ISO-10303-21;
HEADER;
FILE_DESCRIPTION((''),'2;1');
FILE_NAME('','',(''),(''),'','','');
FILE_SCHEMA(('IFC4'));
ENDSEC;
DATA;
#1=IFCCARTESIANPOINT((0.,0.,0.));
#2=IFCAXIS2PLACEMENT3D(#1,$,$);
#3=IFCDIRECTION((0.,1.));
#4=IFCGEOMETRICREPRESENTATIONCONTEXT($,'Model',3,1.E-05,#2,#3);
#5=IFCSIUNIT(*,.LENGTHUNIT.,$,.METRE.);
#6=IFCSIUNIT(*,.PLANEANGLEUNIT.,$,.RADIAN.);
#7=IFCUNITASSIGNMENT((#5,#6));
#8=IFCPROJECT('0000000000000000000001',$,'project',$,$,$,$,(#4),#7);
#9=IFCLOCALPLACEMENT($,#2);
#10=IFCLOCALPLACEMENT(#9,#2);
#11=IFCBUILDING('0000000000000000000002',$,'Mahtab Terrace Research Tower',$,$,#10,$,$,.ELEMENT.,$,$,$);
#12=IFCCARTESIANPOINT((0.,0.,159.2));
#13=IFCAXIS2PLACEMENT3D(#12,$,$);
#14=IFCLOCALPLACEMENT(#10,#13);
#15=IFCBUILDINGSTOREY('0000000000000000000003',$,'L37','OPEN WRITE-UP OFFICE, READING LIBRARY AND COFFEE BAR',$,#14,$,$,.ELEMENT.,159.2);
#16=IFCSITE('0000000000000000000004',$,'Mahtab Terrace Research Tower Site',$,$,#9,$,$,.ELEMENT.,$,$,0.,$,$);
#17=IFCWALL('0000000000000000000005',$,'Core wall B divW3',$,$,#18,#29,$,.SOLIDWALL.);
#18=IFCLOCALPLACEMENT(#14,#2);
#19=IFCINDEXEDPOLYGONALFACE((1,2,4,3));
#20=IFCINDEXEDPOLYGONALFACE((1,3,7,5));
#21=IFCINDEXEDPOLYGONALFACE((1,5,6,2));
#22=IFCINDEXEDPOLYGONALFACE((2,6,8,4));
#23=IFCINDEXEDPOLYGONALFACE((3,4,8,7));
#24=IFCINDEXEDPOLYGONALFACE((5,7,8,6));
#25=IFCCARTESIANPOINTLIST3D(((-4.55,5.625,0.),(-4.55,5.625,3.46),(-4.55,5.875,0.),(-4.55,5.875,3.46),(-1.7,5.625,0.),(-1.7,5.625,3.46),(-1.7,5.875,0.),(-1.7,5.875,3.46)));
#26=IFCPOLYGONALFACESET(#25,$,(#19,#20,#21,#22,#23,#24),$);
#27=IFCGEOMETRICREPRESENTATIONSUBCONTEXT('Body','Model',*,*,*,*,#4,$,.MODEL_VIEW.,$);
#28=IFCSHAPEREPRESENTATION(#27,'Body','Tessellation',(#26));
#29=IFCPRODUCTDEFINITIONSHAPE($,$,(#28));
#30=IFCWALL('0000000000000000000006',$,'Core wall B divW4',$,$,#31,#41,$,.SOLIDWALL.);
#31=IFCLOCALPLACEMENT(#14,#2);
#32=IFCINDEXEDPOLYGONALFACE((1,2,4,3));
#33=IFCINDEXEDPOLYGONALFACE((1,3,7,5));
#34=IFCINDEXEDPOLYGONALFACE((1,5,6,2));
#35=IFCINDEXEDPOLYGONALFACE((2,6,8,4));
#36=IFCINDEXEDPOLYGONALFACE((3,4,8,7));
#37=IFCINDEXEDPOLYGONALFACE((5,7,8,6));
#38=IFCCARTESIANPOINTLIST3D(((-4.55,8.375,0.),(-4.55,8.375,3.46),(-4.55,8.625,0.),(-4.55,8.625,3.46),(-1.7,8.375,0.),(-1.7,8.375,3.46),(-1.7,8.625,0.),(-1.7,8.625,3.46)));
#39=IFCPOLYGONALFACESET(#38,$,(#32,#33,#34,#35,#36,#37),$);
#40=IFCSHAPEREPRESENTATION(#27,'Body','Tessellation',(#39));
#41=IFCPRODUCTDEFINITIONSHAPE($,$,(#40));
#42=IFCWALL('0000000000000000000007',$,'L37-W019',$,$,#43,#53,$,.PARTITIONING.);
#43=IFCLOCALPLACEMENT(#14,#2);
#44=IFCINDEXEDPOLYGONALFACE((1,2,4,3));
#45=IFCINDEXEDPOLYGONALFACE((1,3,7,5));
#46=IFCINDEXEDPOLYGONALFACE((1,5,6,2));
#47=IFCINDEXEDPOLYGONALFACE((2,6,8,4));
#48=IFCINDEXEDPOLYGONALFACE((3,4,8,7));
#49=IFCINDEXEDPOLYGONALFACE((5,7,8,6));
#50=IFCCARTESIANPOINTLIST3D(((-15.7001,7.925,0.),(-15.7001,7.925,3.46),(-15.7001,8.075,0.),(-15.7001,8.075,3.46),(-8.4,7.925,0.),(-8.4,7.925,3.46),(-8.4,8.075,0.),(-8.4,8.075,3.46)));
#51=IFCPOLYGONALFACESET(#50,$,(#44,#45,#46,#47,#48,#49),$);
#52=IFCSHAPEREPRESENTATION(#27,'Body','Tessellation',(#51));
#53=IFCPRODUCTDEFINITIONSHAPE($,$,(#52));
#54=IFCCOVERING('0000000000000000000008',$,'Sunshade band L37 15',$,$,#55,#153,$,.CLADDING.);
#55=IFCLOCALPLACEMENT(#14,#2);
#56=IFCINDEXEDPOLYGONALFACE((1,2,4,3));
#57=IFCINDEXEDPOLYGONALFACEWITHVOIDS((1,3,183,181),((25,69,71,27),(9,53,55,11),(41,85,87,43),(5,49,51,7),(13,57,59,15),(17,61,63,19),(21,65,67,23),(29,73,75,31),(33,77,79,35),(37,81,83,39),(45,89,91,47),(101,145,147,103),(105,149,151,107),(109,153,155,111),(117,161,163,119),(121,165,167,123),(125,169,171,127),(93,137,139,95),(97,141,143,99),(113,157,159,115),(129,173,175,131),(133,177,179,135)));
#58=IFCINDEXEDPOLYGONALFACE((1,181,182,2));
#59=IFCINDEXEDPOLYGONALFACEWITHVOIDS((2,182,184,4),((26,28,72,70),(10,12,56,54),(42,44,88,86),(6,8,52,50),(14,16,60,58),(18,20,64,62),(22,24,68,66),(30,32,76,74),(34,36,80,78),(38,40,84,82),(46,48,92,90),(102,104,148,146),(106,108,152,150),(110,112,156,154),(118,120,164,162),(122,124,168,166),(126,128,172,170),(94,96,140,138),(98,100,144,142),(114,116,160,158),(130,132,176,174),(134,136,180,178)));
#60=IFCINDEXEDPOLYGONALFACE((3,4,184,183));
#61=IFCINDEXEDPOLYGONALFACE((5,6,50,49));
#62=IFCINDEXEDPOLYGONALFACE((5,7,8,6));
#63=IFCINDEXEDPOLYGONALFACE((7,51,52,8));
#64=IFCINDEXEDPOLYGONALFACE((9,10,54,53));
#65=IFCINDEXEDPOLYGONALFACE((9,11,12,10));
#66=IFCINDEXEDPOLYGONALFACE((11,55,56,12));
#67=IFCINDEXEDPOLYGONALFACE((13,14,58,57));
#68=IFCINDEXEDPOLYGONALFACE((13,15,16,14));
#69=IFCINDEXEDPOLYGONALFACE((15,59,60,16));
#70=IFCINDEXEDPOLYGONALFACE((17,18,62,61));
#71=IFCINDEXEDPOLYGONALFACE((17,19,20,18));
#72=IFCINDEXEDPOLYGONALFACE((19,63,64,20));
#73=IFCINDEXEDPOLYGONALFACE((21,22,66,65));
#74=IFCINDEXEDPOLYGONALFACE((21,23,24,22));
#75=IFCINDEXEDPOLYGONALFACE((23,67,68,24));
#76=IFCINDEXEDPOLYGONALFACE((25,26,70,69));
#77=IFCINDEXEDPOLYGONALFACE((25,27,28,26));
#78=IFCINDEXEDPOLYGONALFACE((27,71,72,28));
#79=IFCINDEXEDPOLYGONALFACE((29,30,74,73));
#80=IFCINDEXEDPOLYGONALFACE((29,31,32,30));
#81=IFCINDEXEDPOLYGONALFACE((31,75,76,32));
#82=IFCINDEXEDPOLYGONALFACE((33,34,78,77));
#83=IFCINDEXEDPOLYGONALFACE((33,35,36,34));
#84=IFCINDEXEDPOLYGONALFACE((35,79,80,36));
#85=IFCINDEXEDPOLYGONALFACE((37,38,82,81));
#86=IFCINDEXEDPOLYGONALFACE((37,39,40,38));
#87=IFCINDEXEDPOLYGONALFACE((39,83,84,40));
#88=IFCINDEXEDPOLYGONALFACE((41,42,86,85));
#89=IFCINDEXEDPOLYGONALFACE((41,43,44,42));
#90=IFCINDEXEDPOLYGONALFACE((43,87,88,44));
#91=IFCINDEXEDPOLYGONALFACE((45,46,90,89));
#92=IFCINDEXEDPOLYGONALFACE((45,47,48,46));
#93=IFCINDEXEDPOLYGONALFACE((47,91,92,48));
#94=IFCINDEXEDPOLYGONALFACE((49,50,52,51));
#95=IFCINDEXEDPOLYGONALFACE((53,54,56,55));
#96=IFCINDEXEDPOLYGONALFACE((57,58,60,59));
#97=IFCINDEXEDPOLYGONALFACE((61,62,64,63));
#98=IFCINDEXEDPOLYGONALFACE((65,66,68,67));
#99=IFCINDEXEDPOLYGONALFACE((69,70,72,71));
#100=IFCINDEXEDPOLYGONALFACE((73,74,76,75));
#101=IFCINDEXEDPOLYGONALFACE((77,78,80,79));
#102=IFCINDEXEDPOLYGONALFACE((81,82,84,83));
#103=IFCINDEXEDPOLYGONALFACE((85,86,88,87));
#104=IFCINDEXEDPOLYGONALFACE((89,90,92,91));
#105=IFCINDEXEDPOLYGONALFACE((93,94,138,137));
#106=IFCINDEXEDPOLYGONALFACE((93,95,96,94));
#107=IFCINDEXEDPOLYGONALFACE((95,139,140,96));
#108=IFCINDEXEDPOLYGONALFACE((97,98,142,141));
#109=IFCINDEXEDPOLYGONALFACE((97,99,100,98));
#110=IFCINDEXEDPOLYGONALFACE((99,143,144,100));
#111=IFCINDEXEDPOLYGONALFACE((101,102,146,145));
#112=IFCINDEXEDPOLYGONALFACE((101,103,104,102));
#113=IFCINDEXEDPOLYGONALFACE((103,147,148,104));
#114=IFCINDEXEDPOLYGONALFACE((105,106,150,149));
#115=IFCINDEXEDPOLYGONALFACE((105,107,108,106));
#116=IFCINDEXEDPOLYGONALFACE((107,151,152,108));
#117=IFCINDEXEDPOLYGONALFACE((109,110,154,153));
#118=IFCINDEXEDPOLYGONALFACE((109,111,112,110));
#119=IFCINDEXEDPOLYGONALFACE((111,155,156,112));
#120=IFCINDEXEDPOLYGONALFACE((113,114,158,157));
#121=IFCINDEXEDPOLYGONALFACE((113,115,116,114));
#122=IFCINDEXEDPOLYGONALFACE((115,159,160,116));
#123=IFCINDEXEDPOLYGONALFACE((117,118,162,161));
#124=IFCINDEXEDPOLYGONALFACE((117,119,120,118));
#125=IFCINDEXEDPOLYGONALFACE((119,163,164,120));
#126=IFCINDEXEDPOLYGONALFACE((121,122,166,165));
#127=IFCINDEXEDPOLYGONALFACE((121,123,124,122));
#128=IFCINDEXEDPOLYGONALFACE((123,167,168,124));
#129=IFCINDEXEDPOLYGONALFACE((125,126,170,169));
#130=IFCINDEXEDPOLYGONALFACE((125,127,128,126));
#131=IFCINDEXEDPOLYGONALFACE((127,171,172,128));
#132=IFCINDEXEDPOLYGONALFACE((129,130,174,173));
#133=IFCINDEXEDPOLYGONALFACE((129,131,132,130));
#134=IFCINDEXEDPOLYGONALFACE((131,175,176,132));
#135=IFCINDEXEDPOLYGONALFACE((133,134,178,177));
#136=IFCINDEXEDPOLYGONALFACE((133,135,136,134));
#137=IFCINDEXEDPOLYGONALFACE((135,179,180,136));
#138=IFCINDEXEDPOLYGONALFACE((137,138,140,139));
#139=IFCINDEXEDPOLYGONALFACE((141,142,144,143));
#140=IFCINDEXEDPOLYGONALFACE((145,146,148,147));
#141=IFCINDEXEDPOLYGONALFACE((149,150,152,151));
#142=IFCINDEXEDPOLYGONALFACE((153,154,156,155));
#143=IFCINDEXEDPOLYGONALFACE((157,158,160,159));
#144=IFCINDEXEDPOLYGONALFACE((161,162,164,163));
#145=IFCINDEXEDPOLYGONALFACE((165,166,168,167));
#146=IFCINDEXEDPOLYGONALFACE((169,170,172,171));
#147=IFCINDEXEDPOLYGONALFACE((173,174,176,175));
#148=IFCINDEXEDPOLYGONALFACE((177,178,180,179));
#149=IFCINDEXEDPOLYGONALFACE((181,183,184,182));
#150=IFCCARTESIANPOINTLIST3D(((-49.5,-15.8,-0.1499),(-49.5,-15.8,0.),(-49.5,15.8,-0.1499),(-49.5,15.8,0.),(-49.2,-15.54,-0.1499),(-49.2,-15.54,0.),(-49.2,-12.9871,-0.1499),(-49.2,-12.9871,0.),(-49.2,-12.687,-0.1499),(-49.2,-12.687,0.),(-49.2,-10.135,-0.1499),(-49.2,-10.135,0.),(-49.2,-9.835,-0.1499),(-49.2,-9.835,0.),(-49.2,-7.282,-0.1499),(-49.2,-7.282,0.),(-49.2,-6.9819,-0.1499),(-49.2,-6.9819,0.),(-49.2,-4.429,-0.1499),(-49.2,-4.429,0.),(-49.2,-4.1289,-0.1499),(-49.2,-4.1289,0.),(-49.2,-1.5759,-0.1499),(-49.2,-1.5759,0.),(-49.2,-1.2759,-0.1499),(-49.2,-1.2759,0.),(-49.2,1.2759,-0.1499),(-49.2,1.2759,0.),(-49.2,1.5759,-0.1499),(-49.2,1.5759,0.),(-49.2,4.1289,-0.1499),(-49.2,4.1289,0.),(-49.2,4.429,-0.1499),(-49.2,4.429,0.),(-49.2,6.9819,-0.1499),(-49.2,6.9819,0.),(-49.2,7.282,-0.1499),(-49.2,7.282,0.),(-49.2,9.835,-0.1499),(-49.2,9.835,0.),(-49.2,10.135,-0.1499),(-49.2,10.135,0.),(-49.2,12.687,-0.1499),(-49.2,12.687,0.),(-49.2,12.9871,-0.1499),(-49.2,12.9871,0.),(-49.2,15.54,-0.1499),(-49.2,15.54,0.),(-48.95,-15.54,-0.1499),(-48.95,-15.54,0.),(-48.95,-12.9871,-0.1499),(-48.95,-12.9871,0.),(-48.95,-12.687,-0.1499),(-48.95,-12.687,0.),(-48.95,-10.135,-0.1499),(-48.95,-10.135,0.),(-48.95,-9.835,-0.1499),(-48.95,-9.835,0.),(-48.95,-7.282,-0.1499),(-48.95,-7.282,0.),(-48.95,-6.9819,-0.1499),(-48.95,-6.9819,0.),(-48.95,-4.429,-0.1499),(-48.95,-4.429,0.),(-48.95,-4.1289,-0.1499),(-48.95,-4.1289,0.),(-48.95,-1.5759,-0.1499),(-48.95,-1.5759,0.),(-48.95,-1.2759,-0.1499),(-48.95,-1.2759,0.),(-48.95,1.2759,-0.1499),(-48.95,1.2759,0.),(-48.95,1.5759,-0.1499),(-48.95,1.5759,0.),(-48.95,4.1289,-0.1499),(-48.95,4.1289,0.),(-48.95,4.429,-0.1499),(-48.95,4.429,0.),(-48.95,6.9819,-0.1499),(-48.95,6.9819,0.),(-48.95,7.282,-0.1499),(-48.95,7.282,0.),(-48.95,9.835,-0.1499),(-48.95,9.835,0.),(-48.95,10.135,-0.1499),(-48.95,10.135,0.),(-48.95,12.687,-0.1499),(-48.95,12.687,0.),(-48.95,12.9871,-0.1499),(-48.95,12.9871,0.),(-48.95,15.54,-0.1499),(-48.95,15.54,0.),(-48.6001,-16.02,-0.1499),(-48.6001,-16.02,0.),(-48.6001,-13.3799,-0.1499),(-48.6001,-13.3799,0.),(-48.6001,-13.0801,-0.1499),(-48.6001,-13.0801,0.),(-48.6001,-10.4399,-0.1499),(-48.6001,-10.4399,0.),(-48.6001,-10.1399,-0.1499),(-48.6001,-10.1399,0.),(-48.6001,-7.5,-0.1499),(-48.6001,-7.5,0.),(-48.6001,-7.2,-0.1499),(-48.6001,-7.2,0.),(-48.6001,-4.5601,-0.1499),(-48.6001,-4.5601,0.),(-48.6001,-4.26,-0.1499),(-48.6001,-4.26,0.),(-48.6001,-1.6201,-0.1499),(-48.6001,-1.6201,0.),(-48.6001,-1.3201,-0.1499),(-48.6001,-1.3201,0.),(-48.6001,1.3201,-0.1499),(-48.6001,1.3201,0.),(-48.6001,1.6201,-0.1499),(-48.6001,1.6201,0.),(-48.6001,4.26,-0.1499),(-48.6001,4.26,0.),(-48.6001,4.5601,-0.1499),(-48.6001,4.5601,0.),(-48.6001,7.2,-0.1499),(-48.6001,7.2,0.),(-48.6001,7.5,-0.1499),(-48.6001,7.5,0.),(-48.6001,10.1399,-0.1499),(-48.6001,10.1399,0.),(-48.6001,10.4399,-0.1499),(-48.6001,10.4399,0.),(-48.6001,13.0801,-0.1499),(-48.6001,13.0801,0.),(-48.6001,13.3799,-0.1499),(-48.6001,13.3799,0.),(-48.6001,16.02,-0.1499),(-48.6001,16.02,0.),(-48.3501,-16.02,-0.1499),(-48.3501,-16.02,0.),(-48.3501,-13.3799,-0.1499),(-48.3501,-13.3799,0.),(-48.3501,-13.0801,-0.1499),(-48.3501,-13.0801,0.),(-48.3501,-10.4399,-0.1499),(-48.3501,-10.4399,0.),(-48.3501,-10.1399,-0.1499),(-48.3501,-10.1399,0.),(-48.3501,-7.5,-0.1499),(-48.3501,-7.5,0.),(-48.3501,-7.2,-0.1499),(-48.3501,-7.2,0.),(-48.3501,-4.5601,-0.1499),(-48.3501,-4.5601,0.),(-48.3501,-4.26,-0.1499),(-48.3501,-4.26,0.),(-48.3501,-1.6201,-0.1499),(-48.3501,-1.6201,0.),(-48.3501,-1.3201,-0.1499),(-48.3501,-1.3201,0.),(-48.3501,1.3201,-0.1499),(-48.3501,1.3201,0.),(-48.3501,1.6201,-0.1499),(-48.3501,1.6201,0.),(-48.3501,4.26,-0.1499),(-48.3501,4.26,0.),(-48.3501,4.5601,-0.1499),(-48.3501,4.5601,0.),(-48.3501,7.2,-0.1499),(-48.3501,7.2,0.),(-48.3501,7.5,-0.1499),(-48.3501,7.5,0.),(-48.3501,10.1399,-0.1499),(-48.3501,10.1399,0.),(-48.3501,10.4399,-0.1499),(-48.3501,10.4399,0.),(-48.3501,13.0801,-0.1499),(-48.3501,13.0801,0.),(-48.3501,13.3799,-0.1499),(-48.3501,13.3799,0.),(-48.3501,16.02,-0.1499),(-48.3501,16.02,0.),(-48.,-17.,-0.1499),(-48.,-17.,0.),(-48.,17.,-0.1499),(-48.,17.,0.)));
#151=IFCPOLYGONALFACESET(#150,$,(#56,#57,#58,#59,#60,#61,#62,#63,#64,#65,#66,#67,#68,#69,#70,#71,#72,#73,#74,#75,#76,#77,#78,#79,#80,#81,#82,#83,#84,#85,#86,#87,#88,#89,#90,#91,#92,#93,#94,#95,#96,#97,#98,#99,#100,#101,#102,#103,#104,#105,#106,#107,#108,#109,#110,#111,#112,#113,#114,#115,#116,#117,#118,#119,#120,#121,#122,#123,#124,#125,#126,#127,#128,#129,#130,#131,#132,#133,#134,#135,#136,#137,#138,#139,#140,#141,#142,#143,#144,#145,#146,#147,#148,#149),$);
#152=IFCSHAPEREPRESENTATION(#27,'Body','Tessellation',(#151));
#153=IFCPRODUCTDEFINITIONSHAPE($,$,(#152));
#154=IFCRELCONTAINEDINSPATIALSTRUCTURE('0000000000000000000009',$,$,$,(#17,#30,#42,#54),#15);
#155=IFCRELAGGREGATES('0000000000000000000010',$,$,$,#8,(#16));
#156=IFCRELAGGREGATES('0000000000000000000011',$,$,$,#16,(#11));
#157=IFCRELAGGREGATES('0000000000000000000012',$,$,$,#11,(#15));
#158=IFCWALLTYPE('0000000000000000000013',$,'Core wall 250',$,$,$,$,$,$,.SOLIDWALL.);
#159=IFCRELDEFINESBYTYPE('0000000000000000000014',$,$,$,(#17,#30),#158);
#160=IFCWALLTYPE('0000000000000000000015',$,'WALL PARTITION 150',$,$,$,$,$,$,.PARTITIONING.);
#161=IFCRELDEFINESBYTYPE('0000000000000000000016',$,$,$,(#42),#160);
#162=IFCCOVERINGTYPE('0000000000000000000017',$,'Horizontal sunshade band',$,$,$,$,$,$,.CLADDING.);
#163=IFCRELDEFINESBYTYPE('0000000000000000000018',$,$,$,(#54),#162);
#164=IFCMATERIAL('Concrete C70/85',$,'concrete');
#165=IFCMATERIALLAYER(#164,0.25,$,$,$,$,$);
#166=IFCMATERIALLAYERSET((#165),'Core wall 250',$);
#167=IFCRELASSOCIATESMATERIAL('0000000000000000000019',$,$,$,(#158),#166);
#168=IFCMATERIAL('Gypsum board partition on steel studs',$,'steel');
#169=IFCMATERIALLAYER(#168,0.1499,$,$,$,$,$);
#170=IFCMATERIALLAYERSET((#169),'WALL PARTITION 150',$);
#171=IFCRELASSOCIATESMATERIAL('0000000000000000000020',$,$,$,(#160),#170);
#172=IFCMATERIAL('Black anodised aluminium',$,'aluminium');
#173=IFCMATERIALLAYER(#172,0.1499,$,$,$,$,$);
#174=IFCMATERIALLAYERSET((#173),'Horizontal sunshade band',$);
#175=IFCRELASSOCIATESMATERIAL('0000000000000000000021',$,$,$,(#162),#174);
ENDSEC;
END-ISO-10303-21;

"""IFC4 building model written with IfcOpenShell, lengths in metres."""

from ifc_helpers import new_model, si_unit, direction, frame, frame_2d, origin, place, context, subcontext, project, spatial, polyline, rectangle, outline, extrude, material, layer, layer_set, type_object, element, save


model = new_model("IFC4")

# Units and contexts
model_context = context("Model", 3, precision=1e-05, world=origin(), true_north=direction((0.0, 1.0)))
body_context = subcontext(model_context, "Body", "Model", "MODEL_VIEW")
ifc_project = project(units=[si_unit("LENGTHUNIT", "METRE"), si_unit("PLANEANGLEUNIT", "RADIAN")], contexts=[model_context])

# Site, building, storey
site_placement = place(None, origin())
site = spatial("IfcSite", under=ifc_project, at=site_placement, Name="Mahtab Terrace Research Tower Site", CompositionType="ELEMENT", RefElevation=0.0)
building_placement = place(site_placement, origin())
building = spatial("IfcBuilding", under=site, at=building_placement, Name="Mahtab Terrace Research Tower", CompositionType="ELEMENT")
storey_placement = place(building_placement, frame((0.0, 0.0, 159.2)))
storey = spatial("IfcBuildingStorey", under=building, at=storey_placement, Name="L37", Description="OPEN WRITE-UP OFFICE, READING LIBRARY AND COFFEE BAR", CompositionType="ELEMENT", Elevation=159.2)

# Walls
ifc_material_1 = material(Name="Concrete C70/85", Category="concrete")
ifc_layer_1 = layer(ifc_material_1, 0.25)
ifc_layer_set_1 = layer_set([ifc_layer_1], Name="Core wall 250")
wall_type_1 = type_object("IfcWallType", Name="Core wall 250", PredefinedType="SOLIDWALL", material=ifc_layer_set_1)
for number, where, z_axis, x_axis, name in (
    (1, (-4.55, 5.75, 0.0), (0.0, 0.0, 1.0), (1.0, 0.0, 0.0), "Core wall B divW3"),
    (2, (-4.55, 8.5, 0.0), (0.0, 0.0, 1.0), (1.0, 0.0, 0.0), "Core wall B divW4"),
):
    element("IfcWall", number, at=place(storey_placement, frame(where, z_axis=z_axis, x_axis=x_axis)), inside=storey, type_object=wall_type_1, Name=name, PredefinedType="SOLIDWALL", context=body_context, shape_type="SweptSolid", body=[
        extrude(rectangle(XDim=2.8501, YDim=0.25, at=frame_2d((1.425, 0.0))), origin(), (0.0, 0.0, 1.0), 3.46),
    ])
ifc_material_2 = material(Name="Gypsum board partition on steel studs", Category="steel")
ifc_layer_2 = layer(ifc_material_2, 0.1499)
ifc_layer_set_2 = layer_set([ifc_layer_2], Name="WALL PARTITION 150")
wall_type_2 = type_object("IfcWallType", Name="WALL PARTITION 150", PredefinedType="PARTITIONING", material=ifc_layer_set_2)
wall_placement = place(storey_placement, frame((-15.7, 8.0, 0.0), z_axis=(0.0, 0.0, 1.0), x_axis=(1.0, 0.0, 0.0)))
element("IfcWall", 3, at=wall_placement, inside=storey, type_object=wall_type_2, Name="L37-W019", PredefinedType="PARTITIONING", context=body_context, shape_type="SweptSolid", body=[
    extrude(rectangle(XDim=7.3, YDim=0.1499, at=frame_2d((3.6499, 0.0))), origin(), (0.0, 0.0, 1.0), 3.46),
])

# Covering
ifc_material_3 = material(Name="Black anodised aluminium", Category="aluminium")
ifc_layer_3 = layer(ifc_material_3, 0.1499)
ifc_layer_set_3 = layer_set([ifc_layer_3], Name="Horizontal sunshade band")
covering_type_1 = type_object("IfcCoveringType", Name="Horizontal sunshade band", PredefinedType="CLADDING", material=ifc_layer_set_3)
covering_1_placement = place(storey_placement, frame((0.0, 0.0, -0.1499)))
element("IfcCovering", 4, at=covering_1_placement, inside=storey, type_object=covering_type_1, Name="Sunshade band L37 15", PredefinedType="CLADDING", context=body_context, shape_type="SweptSolid", body=[
    extrude(outline(polyline([(-48.0, 17.0), (-48.0, -17.0), (-49.5, -15.8), (-49.5, 15.8), (-48.0, 17.0)]), holes=[polyline([(-48.3501, 16.02), (-48.3501, 13.3799), (-48.6001, 13.3799), (-48.6001, 16.02), (-48.3501, 16.02)]), polyline([(-48.3501, 13.0801), (-48.3501, 10.4399), (-48.6001, 10.4399), (-48.6001, 13.0801), (-48.3501, 13.0801)]), polyline([(-48.3501, 10.1399), (-48.3501, 7.5), (-48.6001, 7.5), (-48.6001, 10.1399), (-48.3501, 10.1399)]), polyline([(-48.3501, 7.2), (-48.3501, 4.5601), (-48.6001, 4.5601), (-48.6001, 7.2), (-48.3501, 7.2)]), polyline([(-48.3501, 4.26), (-48.3501, 1.6201), (-48.6001, 1.6201), (-48.6001, 4.26), (-48.3501, 4.26)]), polyline([(-48.3501, 1.3201), (-48.3501, -1.3201), (-48.6001, -1.3201), (-48.6001, 1.3201), (-48.3501, 1.3201)]), polyline([(-48.3501, -1.6201), (-48.3501, -4.26), (-48.6001, -4.26), (-48.6001, -1.6201), (-48.3501, -1.6201)]), polyline([(-48.3501, -4.5601), (-48.3501, -7.2), (-48.6001, -7.2), (-48.6001, -4.5601), (-48.3501, -4.5601)]), polyline([(-48.3501, -7.5), (-48.3501, -10.1399), (-48.6001, -10.1399), (-48.6001, -7.5), (-48.3501, -7.5)]), polyline([(-48.3501, -10.4399), (-48.3501, -13.0801), (-48.6001, -13.0801), (-48.6001, -10.4399), (-48.3501, -10.4399)]), polyline([(-48.3501, -13.3799), (-48.3501, -16.02), (-48.6001, -16.02), (-48.6001, -13.3799), (-48.3501, -13.3799)]), polyline([(-48.95, 15.54), (-48.95, 12.9871), (-49.2, 12.9871), (-49.2, 15.54), (-48.95, 15.54)]), polyline([(-48.95, 12.687), (-48.95, 10.135), (-49.2, 10.135), (-49.2, 12.687), (-48.95, 12.687)]), polyline([(-48.95, 9.835), (-48.95, 7.282), (-49.2, 7.282), (-49.2, 9.835), (-48.95, 9.835)]), polyline([(-48.95, 6.9819), (-48.95, 4.429), (-49.2, 4.429), (-49.2, 6.9819), (-48.95, 6.9819)]), polyline([(-48.95, 4.1289), (-48.95, 1.5759), (-49.2, 1.5759), (-49.2, 4.1289), (-48.95, 4.1289)]), polyline([(-48.95, 1.2759), (-48.95, -1.2759), (-49.2, -1.2759), (-49.2, 1.2759), (-48.95, 1.2759)]), polyline([(-48.95, -1.5759), (-48.95, -4.1289), (-49.2, -4.1289), (-49.2, -1.5759), (-48.95, -1.5759)]), polyline([(-48.95, -4.429), (-48.95, -6.9819), (-49.2, -6.9819), (-49.2, -4.429), (-48.95, -4.429)]), polyline([(-48.95, -7.282), (-48.95, -9.835), (-49.2, -9.835), (-49.2, -7.282), (-48.95, -7.282)]), polyline([(-48.95, -10.135), (-48.95, -12.687), (-49.2, -12.687), (-49.2, -10.135), (-48.95, -10.135)]), polyline([(-48.95, -12.9871), (-48.95, -15.54), (-49.2, -15.54), (-49.2, -12.9871), (-48.95, -12.9871)])]), origin(), (0.0, 0.0, 1.0), 0.1499),
])

save(model, "model.ifc")
